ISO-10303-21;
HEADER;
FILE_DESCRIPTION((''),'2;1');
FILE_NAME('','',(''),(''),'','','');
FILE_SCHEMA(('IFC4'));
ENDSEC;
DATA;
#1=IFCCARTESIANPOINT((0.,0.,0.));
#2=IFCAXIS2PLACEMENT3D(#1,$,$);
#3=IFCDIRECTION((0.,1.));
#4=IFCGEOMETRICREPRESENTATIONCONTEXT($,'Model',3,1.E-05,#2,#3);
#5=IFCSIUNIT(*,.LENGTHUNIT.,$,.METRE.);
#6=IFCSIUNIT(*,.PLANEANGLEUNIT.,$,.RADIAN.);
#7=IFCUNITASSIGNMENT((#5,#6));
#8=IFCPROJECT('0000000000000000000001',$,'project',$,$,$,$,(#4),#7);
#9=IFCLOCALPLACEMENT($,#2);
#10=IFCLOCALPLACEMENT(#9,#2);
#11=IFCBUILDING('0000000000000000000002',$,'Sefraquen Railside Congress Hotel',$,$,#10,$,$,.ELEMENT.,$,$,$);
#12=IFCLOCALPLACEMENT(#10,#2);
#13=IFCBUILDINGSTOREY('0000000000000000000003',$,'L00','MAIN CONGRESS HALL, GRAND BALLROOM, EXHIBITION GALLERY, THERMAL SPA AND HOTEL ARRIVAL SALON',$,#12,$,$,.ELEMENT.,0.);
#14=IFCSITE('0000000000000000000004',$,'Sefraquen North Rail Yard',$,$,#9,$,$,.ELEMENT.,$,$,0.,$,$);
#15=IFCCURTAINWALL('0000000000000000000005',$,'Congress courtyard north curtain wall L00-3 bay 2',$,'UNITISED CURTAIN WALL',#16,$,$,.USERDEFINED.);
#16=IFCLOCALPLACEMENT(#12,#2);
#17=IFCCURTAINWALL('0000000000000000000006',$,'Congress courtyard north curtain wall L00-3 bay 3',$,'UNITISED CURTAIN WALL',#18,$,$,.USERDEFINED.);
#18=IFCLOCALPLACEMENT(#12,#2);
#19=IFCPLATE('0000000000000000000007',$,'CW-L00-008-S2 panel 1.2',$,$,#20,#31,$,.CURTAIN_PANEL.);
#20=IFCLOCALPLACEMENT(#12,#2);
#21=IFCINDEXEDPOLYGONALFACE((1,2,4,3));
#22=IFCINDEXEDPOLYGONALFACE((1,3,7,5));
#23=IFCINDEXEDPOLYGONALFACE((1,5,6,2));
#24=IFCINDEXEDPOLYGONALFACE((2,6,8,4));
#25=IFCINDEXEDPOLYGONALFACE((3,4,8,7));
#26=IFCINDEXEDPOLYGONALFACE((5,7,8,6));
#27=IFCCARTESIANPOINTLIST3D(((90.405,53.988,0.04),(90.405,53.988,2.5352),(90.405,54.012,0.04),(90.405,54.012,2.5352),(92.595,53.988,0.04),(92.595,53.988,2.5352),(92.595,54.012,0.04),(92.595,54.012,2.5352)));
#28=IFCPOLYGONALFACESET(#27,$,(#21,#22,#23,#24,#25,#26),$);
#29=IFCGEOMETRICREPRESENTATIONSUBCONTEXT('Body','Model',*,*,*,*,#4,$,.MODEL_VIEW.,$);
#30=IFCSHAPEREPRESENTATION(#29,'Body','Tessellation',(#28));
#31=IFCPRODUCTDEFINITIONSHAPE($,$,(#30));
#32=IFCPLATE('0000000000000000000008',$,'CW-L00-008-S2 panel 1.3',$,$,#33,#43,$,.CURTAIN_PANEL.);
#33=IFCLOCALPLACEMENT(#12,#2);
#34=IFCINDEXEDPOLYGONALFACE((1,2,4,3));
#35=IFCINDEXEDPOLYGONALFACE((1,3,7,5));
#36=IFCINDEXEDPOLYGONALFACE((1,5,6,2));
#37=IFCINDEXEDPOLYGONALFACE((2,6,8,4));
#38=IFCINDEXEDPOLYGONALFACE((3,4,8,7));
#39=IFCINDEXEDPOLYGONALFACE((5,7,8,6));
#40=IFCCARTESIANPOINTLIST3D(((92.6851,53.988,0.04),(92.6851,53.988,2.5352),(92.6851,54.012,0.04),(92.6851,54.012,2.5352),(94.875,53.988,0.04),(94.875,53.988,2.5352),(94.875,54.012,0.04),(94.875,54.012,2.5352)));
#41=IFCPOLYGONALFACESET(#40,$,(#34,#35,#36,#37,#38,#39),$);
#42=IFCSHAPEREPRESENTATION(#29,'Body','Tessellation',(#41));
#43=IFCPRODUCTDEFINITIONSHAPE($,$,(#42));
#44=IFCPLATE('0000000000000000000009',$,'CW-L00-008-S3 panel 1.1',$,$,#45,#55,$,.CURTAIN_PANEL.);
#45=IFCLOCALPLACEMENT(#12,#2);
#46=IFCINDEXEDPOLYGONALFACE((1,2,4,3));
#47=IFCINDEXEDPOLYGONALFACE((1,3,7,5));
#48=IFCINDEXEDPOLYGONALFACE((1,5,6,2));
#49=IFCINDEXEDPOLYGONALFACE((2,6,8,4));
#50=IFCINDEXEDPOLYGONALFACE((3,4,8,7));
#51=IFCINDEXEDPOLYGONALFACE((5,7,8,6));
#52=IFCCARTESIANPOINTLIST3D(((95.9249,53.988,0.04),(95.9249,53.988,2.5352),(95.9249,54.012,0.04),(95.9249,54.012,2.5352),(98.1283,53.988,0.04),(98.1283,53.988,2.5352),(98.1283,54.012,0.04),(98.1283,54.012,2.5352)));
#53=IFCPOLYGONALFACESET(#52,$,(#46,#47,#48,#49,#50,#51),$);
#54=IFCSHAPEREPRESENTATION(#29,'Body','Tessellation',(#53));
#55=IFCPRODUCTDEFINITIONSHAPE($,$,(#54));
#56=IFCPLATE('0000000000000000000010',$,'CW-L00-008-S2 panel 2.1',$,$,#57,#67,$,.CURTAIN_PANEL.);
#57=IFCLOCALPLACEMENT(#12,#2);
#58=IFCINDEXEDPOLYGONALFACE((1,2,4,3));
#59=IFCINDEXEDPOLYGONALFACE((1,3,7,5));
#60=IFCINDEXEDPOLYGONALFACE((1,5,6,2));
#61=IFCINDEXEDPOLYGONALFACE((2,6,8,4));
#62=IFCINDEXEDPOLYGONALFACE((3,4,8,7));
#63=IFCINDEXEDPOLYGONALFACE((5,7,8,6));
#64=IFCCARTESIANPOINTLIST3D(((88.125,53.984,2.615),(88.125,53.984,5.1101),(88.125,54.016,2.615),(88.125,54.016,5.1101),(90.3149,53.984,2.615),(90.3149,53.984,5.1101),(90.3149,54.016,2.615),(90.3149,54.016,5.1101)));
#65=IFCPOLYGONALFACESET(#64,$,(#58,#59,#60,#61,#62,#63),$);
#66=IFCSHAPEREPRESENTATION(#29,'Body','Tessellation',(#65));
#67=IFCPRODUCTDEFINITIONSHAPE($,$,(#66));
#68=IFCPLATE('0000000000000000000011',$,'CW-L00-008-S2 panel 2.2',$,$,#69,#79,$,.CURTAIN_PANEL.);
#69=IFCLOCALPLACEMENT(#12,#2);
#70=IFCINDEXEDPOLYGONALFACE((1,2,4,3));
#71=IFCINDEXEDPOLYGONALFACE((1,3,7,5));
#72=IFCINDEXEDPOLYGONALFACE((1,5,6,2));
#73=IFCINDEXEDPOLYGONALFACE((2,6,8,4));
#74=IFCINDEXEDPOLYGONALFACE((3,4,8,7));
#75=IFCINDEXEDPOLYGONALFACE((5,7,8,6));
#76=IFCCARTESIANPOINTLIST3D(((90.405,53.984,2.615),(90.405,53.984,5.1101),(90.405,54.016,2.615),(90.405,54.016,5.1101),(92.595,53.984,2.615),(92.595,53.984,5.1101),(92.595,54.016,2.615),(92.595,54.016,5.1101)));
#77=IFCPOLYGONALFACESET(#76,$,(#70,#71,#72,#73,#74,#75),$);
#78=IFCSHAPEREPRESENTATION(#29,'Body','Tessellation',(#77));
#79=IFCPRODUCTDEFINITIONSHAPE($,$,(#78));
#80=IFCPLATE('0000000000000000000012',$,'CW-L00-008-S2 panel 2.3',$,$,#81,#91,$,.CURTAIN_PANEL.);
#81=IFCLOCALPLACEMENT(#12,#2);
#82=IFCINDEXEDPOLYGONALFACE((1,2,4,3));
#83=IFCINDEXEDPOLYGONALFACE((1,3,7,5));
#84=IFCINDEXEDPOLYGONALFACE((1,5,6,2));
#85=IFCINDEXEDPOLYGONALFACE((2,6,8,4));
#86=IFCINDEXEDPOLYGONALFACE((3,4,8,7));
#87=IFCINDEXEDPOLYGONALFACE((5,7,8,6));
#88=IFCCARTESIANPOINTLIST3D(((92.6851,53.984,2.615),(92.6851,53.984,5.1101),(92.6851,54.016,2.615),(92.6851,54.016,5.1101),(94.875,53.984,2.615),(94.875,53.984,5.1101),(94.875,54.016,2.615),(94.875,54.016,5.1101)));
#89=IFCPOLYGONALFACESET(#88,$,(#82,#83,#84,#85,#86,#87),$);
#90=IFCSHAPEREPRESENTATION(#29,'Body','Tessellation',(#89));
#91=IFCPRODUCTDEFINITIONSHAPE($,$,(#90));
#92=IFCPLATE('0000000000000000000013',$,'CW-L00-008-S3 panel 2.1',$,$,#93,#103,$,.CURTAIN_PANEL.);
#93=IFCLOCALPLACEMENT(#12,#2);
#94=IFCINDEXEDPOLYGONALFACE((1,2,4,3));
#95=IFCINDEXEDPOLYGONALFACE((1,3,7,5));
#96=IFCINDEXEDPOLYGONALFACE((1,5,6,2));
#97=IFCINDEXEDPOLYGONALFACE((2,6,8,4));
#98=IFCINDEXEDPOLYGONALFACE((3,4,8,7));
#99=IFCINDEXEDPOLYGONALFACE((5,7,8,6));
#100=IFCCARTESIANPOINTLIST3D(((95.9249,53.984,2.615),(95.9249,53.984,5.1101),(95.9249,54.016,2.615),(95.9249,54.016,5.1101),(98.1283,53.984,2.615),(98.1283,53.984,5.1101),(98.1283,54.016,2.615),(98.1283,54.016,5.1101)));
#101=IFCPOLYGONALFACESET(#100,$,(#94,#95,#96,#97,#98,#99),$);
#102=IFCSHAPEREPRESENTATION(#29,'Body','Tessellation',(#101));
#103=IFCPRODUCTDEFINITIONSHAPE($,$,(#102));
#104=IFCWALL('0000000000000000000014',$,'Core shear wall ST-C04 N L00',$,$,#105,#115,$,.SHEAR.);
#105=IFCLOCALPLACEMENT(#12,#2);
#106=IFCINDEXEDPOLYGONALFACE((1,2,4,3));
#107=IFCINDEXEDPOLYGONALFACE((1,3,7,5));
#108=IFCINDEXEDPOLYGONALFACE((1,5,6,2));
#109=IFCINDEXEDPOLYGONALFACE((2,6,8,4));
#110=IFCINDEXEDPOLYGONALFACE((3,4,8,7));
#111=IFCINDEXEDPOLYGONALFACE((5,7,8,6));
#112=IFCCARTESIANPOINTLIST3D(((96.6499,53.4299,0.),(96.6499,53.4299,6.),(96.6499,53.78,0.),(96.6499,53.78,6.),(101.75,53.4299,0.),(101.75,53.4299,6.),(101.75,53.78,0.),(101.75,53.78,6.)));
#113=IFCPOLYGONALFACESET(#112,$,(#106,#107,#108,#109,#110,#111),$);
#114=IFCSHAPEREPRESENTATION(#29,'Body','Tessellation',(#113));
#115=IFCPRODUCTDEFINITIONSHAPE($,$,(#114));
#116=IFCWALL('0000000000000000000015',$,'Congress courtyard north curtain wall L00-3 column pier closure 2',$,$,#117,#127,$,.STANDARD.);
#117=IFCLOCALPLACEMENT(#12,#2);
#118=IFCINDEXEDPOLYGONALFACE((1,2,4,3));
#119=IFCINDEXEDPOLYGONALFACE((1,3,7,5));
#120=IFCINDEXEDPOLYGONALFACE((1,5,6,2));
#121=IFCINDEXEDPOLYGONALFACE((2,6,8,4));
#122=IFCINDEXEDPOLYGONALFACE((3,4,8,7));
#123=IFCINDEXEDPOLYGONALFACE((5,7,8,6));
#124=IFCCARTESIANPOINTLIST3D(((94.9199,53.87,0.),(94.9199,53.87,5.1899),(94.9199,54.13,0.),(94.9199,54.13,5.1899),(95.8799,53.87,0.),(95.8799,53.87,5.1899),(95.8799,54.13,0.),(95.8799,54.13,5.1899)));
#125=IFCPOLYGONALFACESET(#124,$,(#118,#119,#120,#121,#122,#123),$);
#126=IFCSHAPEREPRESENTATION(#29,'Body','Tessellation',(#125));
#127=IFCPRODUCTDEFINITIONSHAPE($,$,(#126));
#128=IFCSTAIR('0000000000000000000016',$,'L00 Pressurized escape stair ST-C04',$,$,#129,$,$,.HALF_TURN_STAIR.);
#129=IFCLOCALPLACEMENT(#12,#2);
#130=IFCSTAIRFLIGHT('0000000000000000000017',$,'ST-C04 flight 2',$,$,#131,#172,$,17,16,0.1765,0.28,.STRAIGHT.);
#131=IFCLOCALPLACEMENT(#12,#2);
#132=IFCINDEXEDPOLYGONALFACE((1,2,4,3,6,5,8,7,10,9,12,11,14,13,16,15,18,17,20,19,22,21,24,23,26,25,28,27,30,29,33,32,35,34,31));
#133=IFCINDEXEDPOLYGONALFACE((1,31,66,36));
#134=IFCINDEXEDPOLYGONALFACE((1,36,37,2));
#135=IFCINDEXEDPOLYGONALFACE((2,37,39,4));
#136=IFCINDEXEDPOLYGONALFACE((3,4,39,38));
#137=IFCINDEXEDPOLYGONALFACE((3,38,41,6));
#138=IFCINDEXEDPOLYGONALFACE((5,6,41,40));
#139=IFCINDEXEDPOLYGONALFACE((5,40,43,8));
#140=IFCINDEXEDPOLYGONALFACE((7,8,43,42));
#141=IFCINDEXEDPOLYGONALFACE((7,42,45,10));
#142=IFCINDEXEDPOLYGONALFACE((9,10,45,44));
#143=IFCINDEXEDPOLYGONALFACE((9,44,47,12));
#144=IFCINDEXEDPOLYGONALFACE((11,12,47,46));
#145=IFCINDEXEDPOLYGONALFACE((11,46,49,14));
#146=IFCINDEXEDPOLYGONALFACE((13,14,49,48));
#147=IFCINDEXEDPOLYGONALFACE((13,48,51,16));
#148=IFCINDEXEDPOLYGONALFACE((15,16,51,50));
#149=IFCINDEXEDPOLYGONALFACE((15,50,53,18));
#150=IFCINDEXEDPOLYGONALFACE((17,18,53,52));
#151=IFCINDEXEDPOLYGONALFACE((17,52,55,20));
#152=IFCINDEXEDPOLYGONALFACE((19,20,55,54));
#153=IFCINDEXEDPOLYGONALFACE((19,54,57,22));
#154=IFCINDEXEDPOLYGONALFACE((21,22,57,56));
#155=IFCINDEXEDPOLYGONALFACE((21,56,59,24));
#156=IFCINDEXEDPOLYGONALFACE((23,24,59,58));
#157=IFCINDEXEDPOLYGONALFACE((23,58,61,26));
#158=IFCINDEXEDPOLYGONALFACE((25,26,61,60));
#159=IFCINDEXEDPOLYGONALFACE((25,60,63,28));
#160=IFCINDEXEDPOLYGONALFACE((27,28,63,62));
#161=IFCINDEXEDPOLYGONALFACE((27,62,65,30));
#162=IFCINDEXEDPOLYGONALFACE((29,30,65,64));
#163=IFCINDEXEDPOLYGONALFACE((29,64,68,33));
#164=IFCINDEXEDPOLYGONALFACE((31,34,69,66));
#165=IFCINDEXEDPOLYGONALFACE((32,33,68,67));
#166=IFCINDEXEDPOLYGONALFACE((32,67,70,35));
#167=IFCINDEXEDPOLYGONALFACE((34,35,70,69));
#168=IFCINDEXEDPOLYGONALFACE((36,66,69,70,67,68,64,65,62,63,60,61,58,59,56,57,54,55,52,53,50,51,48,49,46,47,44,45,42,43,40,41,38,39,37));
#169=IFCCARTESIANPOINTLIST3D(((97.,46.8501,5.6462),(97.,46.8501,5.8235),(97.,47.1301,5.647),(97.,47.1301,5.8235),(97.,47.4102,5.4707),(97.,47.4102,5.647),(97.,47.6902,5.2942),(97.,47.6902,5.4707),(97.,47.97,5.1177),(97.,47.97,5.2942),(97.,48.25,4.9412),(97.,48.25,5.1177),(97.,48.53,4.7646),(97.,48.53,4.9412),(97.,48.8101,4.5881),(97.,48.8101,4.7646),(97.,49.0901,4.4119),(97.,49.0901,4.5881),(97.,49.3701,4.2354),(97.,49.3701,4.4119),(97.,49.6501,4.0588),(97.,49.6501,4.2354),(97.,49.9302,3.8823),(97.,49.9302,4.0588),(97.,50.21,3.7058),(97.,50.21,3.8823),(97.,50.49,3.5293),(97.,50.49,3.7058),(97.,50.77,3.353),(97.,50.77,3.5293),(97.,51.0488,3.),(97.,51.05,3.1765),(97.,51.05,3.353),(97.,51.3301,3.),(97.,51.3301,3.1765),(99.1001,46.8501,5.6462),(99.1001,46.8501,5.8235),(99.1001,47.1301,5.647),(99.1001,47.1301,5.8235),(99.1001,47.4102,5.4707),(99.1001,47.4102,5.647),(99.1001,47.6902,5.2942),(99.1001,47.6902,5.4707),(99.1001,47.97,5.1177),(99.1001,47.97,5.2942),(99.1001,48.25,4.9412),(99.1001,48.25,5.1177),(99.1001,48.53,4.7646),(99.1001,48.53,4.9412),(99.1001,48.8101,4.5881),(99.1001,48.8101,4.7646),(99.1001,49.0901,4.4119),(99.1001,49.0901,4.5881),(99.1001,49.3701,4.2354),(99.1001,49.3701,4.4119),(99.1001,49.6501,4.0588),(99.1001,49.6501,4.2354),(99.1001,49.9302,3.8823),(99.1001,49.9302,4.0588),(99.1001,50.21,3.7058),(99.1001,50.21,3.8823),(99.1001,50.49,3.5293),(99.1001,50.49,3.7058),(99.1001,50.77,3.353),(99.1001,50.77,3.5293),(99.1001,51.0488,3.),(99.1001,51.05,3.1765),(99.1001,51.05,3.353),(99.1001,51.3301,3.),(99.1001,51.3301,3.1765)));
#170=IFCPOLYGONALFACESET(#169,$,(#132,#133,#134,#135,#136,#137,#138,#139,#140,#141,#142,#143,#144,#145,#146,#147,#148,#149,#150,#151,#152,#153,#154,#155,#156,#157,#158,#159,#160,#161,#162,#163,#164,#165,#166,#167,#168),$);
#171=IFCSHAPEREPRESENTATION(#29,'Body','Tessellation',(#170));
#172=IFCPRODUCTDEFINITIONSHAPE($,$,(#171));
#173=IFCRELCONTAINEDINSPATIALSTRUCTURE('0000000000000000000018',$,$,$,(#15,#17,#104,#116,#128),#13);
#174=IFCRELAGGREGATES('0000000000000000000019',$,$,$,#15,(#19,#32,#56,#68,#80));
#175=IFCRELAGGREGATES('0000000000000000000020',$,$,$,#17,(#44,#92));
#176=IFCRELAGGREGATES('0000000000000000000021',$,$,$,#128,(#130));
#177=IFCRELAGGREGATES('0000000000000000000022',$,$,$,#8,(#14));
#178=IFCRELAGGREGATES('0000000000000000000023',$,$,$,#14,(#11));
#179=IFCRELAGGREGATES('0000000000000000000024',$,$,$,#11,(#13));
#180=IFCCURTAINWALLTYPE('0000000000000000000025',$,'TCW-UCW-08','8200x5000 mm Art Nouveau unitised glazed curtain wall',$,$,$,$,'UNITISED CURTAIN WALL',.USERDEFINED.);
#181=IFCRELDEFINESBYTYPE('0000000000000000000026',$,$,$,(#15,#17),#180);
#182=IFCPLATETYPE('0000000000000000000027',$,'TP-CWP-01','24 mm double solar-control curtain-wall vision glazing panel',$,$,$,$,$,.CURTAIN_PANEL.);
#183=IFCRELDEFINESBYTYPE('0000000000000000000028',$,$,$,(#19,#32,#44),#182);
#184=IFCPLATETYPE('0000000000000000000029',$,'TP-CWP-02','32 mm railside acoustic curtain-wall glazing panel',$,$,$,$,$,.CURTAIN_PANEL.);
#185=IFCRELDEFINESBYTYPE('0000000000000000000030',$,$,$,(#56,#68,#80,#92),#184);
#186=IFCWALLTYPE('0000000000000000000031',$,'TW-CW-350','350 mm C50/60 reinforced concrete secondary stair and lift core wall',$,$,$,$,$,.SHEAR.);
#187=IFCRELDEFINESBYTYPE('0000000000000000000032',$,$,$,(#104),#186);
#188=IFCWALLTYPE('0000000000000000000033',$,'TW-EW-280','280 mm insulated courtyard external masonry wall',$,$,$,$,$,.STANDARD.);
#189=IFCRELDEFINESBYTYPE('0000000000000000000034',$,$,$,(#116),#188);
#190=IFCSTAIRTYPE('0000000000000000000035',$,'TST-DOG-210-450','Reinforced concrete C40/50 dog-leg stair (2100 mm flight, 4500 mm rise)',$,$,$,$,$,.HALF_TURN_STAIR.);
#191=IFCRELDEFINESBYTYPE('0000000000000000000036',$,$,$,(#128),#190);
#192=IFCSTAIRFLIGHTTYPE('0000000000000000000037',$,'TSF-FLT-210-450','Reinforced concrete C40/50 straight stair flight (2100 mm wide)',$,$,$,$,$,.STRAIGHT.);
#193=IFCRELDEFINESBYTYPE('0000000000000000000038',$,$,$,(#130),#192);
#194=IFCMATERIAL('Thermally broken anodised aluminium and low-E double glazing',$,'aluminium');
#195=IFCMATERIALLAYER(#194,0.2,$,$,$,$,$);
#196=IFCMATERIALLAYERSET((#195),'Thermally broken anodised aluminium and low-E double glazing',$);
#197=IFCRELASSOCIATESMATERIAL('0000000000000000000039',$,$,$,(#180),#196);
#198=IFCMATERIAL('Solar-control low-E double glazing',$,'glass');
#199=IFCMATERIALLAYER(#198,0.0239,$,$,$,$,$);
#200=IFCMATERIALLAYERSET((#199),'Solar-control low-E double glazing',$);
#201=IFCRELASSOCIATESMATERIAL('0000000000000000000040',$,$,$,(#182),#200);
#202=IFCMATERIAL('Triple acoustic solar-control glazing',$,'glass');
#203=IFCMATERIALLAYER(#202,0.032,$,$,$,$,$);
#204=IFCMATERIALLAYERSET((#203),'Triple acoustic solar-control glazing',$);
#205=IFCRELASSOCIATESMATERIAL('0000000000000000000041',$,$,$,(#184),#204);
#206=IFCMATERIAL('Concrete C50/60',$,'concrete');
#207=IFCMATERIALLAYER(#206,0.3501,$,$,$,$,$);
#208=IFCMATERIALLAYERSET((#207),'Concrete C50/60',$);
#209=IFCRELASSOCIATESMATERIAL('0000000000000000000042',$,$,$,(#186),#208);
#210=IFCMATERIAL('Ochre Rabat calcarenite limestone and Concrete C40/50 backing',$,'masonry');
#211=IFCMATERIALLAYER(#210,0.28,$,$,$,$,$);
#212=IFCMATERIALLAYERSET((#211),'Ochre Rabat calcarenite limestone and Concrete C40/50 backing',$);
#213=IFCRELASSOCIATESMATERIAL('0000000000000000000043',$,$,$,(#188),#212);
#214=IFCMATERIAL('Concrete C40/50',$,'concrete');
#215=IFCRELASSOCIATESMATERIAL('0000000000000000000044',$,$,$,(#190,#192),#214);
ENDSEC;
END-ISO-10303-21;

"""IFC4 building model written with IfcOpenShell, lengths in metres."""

from ifc_helpers import new_model, si_unit, direction, frame, frame_2d, origin, origin_2d, place, context, subcontext, project, spatial, polyline, rectangle, outline, extrude, material, layer, layer_set, type_object, element, aggregate, save


model = new_model("IFC4")

# Units and contexts
model_context = context("Model", 3, precision=1e-05, world=origin(), true_north=direction((0.0, 1.0)))
body_context = subcontext(model_context, "Body", "Model", "MODEL_VIEW")
ifc_project = project(units=[si_unit("LENGTHUNIT", "METRE"), si_unit("PLANEANGLEUNIT", "RADIAN")], contexts=[model_context])

# Site, building, storey
site_placement = place(None, origin())
site = spatial("IfcSite", under=ifc_project, at=site_placement, Name="Sefraquen North Rail Yard", CompositionType="ELEMENT", RefElevation=0.0)
building_placement = place(site_placement, origin())
building = spatial("IfcBuilding", under=site, at=building_placement, Name="Sefraquen Railside Congress Hotel", CompositionType="ELEMENT")
storey_placement = place(building_placement, origin())
storey = spatial("IfcBuildingStorey", under=building, at=storey_placement, Name="L00", Description="MAIN CONGRESS HALL, GRAND BALLROOM, EXHIBITION GALLERY, THERMAL SPA AND HOTEL ARRIVAL SALON", CompositionType="ELEMENT", Elevation=0.0)

# Curtain wall
ifc_material_1 = material(Name="Thermally broken anodised aluminium and low-E double glazing", Category="aluminium")
ifc_layer_1 = layer(ifc_material_1, 0.2)
ifc_layer_set_1 = layer_set([ifc_layer_1], Name="Thermally broken anodised aluminium and low-E double glazing")
curtain_wall_type = type_object("IfcCurtainWallType", Name="TCW-UCW-08", Description="8200x5000 mm Art Nouveau unitised glazed curtain wall", ElementType="UNITISED CURTAIN WALL", PredefinedType="USERDEFINED", material=ifc_layer_set_1)
curtain_wall_1_placement = place(storey_placement, origin())
curtain_wall_1 = element("IfcCurtainWall", 1, at=curtain_wall_1_placement, inside=storey, type_object=curtain_wall_type, Name="Congress courtyard north curtain wall L00-3 bay 2", ObjectType="UNITISED CURTAIN WALL", PredefinedType="USERDEFINED")

# Curtain wall
curtain_wall_2_placement = place(storey_placement, origin())
curtain_wall_2 = element("IfcCurtainWall", 2, at=curtain_wall_2_placement, inside=storey, type_object=curtain_wall_type, Name="Congress courtyard north curtain wall L00-3 bay 3", ObjectType="UNITISED CURTAIN WALL", PredefinedType="USERDEFINED")

# Plates
ifc_material_2 = material(Name="Solar-control low-E double glazing", Category="glass")
ifc_layer_2 = layer(ifc_material_2, 0.0239)
ifc_layer_set_2 = layer_set([ifc_layer_2], Name="Solar-control low-E double glazing")
plate_type_1 = type_object("IfcPlateType", Name="TP-CWP-01", Description="24 mm double solar-control curtain-wall vision glazing panel", PredefinedType="CURTAIN_PANEL", material=ifc_layer_set_2)
plate_1_placement = place(storey_placement, frame((91.5, 54.0, 0.04), z_axis=(0.0, 0.0, 1.0), x_axis=(1.0, 0.0, 0.0)))
plate_1 = element("IfcPlate", 3, at=plate_1_placement, type_object=plate_type_1, Name="CW-L00-008-S2 panel 1.2", PredefinedType="CURTAIN_PANEL", context=body_context, shape_type="SweptSolid", body=[
    extrude(rectangle(XDim=2.1899, YDim=0.0239, at=origin_2d()), origin(), (0.0, 0.0, 1.0), 2.4951),
])
plate_2_placement = place(storey_placement, frame((93.78, 54.0, 0.04), z_axis=(0.0, 0.0, 1.0), x_axis=(1.0, 0.0, 0.0)))
plate_2 = element("IfcPlate", 4, at=plate_2_placement, type_object=plate_type_1, Name="CW-L00-008-S2 panel 1.3", PredefinedType="CURTAIN_PANEL", context=body_context, shape_type="SweptSolid", body=[
    extrude(rectangle(XDim=2.1899, YDim=0.0239, at=origin_2d()), origin(), (0.0, 0.0, 1.0), 2.4951),
])
plate_3_placement = place(storey_placement, frame((97.0266, 54.0, 0.04), z_axis=(0.0, 0.0, 1.0), x_axis=(1.0, 0.0, 0.0)))
plate_3 = element("IfcPlate", 5, at=plate_3_placement, type_object=plate_type_1, Name="CW-L00-008-S3 panel 1.1", PredefinedType="CURTAIN_PANEL", context=body_context, shape_type="SweptSolid", body=[
    extrude(rectangle(XDim=2.2034, YDim=0.0239, at=origin_2d()), origin(), (0.0, 0.0, 1.0), 2.4951),
])
ifc_material_3 = material(Name="Triple acoustic solar-control glazing", Category="glass")
ifc_layer_3 = layer(ifc_material_3, 0.032)
ifc_layer_set_3 = layer_set([ifc_layer_3], Name="Triple acoustic solar-control glazing")
plate_type_2 = type_object("IfcPlateType", Name="TP-CWP-02", Description="32 mm railside acoustic curtain-wall glazing panel", PredefinedType="CURTAIN_PANEL", material=ifc_layer_set_3)
plate_4_placement = place(storey_placement, frame((89.22, 54.0, 2.615), z_axis=(0.0, 0.0, 1.0), x_axis=(1.0, 0.0, 0.0)))
plate_4 = element("IfcPlate", 6, at=plate_4_placement, type_object=plate_type_2, Name="CW-L00-008-S2 panel 2.1", PredefinedType="CURTAIN_PANEL", context=body_context, shape_type="SweptSolid", body=[
    extrude(rectangle(XDim=2.1899, YDim=0.032, at=origin_2d()), origin(), (0.0, 0.0, 1.0), 2.4951),
])
plate_5_placement = place(storey_placement, frame((91.5, 54.0, 2.615), z_axis=(0.0, 0.0, 1.0), x_axis=(1.0, 0.0, 0.0)))
plate_5 = element("IfcPlate", 7, at=plate_5_placement, type_object=plate_type_2, Name="CW-L00-008-S2 panel 2.2", PredefinedType="CURTAIN_PANEL", context=body_context, shape_type="SweptSolid", body=[
    extrude(rectangle(XDim=2.1899, YDim=0.032, at=origin_2d()), origin(), (0.0, 0.0, 1.0), 2.4951),
])
plate_6_placement = place(storey_placement, frame((93.78, 54.0, 2.615), z_axis=(0.0, 0.0, 1.0), x_axis=(1.0, 0.0, 0.0)))
plate_6 = element("IfcPlate", 8, at=plate_6_placement, type_object=plate_type_2, Name="CW-L00-008-S2 panel 2.3", PredefinedType="CURTAIN_PANEL", context=body_context, shape_type="SweptSolid", body=[
    extrude(rectangle(XDim=2.1899, YDim=0.032, at=origin_2d()), origin(), (0.0, 0.0, 1.0), 2.4951),
])
aggregate(curtain_wall_1, [plate_1, plate_2, plate_4, plate_5, plate_6])
plate_7_placement = place(storey_placement, frame((97.0266, 54.0, 2.615), z_axis=(0.0, 0.0, 1.0), x_axis=(1.0, 0.0, 0.0)))
plate_7 = element("IfcPlate", 9, at=plate_7_placement, type_object=plate_type_2, Name="CW-L00-008-S3 panel 2.1", PredefinedType="CURTAIN_PANEL", context=body_context, shape_type="SweptSolid", body=[
    extrude(rectangle(XDim=2.2034, YDim=0.032, at=origin_2d()), origin(), (0.0, 0.0, 1.0), 2.4951),
])
aggregate(curtain_wall_2, [plate_3, plate_7])

# Walls
ifc_material_4 = material(Name="Concrete C50/60", Category="concrete")
ifc_layer_4 = layer(ifc_material_4, 0.3501)
ifc_layer_set_4 = layer_set([ifc_layer_4], Name="Concrete C50/60")
wall_type_1 = type_object("IfcWallType", Name="TW-CW-350", Description="350 mm C50/60 reinforced concrete secondary stair and lift core wall", PredefinedType="SHEAR", material=ifc_layer_set_4)
wall_1_placement = place(storey_placement, frame((96.6499, 53.605, 0.0), z_axis=(0.0, 0.0, 1.0), x_axis=(1.0, 0.0, 0.0)))
element("IfcWall", 10, at=wall_1_placement, inside=storey, type_object=wall_type_1, Name="Core shear wall ST-C04 N L00", PredefinedType="SHEAR", context=body_context, shape_type="SweptSolid", body=[
    extrude(rectangle(XDim=5.1001, YDim=0.3501, at=frame_2d((2.55, 0.0))), origin(), (0.0, 0.0, 1.0), 6.0),
])
ifc_material_5 = material(Name="Ochre Rabat calcarenite limestone and Concrete C40/50 backing", Category="masonry")
ifc_layer_5 = layer(ifc_material_5, 0.28)
ifc_layer_set_5 = layer_set([ifc_layer_5], Name="Ochre Rabat calcarenite limestone and Concrete C40/50 backing")
wall_type_2 = type_object("IfcWallType", Name="TW-EW-280", Description="280 mm insulated courtyard external masonry wall", PredefinedType="STANDARD", material=ifc_layer_set_5)
wall_2_placement = place(storey_placement, frame((94.9199, 54.0, 0.0), z_axis=(0.0, 0.0, 1.0), x_axis=(1.0, 0.0, 0.0)))
element("IfcWall", 11, at=wall_2_placement, inside=storey, type_object=wall_type_2, Name="Congress courtyard north curtain wall L00-3 column pier closure 2", PredefinedType="STANDARD", context=body_context, shape_type="SweptSolid", body=[
    extrude(rectangle(XDim=0.96, YDim=0.26, at=frame_2d((0.48, 0.0))), origin(), (0.0, 0.0, 1.0), 5.1899),
])

# Stair, stair flight
ifc_material_6 = material(Name="Concrete C40/50", Category="concrete")
stair_type = type_object("IfcStairType", Name="TST-DOG-210-450", Description="Reinforced concrete C40/50 dog-leg stair (2100 mm flight, 4500 mm rise)", PredefinedType="HALF_TURN_STAIR", material=ifc_material_6)
stair_placement = place(storey_placement, origin())
stair = element("IfcStair", 12, at=stair_placement, inside=storey, type_object=stair_type, Name="L00 Pressurized escape stair ST-C04", PredefinedType="HALF_TURN_STAIR")
stair_flight_type = type_object("IfcStairFlightType", Name="TSF-FLT-210-450", Description="Reinforced concrete C40/50 straight stair flight (2100 mm wide)", PredefinedType="STRAIGHT", material=ifc_material_6)
stair_flight_placement = place(storey_placement, frame((98.05, 51.3301, 3.0), z_axis=(0.0, 0.0, 1.0), x_axis=(0.0, -1.0, 0.0)))
stair_flight = element("IfcStairFlight", 13, at=stair_flight_placement, type_object=stair_flight_type, Name="ST-C04 flight 2", NumberOfRisers=17, NumberOfTreads=16, PredefinedType="STRAIGHT", RiserHeight=0.1765, TreadLength=0.28, context=body_context, shape_type="SweptSolid", body=[
    extrude(outline(polyline([(0.0, 0.0), (0.0, 0.1765), (0.28, 0.1765), (0.28, 0.353), (0.5601, 0.353), (0.5601, 0.5293), (0.8401, 0.5293), (0.8401, 0.7058), (1.1201, 0.7058), (1.1201, 0.8823), (1.3999, 0.8823), (1.3999, 1.0588), (1.6799, 1.0588), (1.6799, 1.2354), (1.96, 1.2354), (1.96, 1.4119), (2.24, 1.4119), (2.24, 1.5881), (2.52, 1.5881), (2.52, 1.7646), (2.8, 1.7646), (2.8, 1.9412), (3.0801, 1.9412), (3.0801, 2.1177), (3.3601, 2.1177), (3.3601, 2.2942), (3.6399, 2.2942), (3.6399, 2.4707), (3.9199, 2.4707), (3.9199, 2.647), (4.2, 2.647), (4.2, 2.8235), (4.48, 2.8235), (4.48, 3.0), (4.48, 2.6462), (0.2812, 0.0), (0.0, 0.0)])), frame((0.0, 1.05, 0.0), z_axis=(0.0, -1.0, 0.0), x_axis=(1.0, 0.0, 0.0)), (0.0, 0.0, 1.0), 2.1001),
])
aggregate(stair, [stair_flight])

save(model, "model.ifc")
